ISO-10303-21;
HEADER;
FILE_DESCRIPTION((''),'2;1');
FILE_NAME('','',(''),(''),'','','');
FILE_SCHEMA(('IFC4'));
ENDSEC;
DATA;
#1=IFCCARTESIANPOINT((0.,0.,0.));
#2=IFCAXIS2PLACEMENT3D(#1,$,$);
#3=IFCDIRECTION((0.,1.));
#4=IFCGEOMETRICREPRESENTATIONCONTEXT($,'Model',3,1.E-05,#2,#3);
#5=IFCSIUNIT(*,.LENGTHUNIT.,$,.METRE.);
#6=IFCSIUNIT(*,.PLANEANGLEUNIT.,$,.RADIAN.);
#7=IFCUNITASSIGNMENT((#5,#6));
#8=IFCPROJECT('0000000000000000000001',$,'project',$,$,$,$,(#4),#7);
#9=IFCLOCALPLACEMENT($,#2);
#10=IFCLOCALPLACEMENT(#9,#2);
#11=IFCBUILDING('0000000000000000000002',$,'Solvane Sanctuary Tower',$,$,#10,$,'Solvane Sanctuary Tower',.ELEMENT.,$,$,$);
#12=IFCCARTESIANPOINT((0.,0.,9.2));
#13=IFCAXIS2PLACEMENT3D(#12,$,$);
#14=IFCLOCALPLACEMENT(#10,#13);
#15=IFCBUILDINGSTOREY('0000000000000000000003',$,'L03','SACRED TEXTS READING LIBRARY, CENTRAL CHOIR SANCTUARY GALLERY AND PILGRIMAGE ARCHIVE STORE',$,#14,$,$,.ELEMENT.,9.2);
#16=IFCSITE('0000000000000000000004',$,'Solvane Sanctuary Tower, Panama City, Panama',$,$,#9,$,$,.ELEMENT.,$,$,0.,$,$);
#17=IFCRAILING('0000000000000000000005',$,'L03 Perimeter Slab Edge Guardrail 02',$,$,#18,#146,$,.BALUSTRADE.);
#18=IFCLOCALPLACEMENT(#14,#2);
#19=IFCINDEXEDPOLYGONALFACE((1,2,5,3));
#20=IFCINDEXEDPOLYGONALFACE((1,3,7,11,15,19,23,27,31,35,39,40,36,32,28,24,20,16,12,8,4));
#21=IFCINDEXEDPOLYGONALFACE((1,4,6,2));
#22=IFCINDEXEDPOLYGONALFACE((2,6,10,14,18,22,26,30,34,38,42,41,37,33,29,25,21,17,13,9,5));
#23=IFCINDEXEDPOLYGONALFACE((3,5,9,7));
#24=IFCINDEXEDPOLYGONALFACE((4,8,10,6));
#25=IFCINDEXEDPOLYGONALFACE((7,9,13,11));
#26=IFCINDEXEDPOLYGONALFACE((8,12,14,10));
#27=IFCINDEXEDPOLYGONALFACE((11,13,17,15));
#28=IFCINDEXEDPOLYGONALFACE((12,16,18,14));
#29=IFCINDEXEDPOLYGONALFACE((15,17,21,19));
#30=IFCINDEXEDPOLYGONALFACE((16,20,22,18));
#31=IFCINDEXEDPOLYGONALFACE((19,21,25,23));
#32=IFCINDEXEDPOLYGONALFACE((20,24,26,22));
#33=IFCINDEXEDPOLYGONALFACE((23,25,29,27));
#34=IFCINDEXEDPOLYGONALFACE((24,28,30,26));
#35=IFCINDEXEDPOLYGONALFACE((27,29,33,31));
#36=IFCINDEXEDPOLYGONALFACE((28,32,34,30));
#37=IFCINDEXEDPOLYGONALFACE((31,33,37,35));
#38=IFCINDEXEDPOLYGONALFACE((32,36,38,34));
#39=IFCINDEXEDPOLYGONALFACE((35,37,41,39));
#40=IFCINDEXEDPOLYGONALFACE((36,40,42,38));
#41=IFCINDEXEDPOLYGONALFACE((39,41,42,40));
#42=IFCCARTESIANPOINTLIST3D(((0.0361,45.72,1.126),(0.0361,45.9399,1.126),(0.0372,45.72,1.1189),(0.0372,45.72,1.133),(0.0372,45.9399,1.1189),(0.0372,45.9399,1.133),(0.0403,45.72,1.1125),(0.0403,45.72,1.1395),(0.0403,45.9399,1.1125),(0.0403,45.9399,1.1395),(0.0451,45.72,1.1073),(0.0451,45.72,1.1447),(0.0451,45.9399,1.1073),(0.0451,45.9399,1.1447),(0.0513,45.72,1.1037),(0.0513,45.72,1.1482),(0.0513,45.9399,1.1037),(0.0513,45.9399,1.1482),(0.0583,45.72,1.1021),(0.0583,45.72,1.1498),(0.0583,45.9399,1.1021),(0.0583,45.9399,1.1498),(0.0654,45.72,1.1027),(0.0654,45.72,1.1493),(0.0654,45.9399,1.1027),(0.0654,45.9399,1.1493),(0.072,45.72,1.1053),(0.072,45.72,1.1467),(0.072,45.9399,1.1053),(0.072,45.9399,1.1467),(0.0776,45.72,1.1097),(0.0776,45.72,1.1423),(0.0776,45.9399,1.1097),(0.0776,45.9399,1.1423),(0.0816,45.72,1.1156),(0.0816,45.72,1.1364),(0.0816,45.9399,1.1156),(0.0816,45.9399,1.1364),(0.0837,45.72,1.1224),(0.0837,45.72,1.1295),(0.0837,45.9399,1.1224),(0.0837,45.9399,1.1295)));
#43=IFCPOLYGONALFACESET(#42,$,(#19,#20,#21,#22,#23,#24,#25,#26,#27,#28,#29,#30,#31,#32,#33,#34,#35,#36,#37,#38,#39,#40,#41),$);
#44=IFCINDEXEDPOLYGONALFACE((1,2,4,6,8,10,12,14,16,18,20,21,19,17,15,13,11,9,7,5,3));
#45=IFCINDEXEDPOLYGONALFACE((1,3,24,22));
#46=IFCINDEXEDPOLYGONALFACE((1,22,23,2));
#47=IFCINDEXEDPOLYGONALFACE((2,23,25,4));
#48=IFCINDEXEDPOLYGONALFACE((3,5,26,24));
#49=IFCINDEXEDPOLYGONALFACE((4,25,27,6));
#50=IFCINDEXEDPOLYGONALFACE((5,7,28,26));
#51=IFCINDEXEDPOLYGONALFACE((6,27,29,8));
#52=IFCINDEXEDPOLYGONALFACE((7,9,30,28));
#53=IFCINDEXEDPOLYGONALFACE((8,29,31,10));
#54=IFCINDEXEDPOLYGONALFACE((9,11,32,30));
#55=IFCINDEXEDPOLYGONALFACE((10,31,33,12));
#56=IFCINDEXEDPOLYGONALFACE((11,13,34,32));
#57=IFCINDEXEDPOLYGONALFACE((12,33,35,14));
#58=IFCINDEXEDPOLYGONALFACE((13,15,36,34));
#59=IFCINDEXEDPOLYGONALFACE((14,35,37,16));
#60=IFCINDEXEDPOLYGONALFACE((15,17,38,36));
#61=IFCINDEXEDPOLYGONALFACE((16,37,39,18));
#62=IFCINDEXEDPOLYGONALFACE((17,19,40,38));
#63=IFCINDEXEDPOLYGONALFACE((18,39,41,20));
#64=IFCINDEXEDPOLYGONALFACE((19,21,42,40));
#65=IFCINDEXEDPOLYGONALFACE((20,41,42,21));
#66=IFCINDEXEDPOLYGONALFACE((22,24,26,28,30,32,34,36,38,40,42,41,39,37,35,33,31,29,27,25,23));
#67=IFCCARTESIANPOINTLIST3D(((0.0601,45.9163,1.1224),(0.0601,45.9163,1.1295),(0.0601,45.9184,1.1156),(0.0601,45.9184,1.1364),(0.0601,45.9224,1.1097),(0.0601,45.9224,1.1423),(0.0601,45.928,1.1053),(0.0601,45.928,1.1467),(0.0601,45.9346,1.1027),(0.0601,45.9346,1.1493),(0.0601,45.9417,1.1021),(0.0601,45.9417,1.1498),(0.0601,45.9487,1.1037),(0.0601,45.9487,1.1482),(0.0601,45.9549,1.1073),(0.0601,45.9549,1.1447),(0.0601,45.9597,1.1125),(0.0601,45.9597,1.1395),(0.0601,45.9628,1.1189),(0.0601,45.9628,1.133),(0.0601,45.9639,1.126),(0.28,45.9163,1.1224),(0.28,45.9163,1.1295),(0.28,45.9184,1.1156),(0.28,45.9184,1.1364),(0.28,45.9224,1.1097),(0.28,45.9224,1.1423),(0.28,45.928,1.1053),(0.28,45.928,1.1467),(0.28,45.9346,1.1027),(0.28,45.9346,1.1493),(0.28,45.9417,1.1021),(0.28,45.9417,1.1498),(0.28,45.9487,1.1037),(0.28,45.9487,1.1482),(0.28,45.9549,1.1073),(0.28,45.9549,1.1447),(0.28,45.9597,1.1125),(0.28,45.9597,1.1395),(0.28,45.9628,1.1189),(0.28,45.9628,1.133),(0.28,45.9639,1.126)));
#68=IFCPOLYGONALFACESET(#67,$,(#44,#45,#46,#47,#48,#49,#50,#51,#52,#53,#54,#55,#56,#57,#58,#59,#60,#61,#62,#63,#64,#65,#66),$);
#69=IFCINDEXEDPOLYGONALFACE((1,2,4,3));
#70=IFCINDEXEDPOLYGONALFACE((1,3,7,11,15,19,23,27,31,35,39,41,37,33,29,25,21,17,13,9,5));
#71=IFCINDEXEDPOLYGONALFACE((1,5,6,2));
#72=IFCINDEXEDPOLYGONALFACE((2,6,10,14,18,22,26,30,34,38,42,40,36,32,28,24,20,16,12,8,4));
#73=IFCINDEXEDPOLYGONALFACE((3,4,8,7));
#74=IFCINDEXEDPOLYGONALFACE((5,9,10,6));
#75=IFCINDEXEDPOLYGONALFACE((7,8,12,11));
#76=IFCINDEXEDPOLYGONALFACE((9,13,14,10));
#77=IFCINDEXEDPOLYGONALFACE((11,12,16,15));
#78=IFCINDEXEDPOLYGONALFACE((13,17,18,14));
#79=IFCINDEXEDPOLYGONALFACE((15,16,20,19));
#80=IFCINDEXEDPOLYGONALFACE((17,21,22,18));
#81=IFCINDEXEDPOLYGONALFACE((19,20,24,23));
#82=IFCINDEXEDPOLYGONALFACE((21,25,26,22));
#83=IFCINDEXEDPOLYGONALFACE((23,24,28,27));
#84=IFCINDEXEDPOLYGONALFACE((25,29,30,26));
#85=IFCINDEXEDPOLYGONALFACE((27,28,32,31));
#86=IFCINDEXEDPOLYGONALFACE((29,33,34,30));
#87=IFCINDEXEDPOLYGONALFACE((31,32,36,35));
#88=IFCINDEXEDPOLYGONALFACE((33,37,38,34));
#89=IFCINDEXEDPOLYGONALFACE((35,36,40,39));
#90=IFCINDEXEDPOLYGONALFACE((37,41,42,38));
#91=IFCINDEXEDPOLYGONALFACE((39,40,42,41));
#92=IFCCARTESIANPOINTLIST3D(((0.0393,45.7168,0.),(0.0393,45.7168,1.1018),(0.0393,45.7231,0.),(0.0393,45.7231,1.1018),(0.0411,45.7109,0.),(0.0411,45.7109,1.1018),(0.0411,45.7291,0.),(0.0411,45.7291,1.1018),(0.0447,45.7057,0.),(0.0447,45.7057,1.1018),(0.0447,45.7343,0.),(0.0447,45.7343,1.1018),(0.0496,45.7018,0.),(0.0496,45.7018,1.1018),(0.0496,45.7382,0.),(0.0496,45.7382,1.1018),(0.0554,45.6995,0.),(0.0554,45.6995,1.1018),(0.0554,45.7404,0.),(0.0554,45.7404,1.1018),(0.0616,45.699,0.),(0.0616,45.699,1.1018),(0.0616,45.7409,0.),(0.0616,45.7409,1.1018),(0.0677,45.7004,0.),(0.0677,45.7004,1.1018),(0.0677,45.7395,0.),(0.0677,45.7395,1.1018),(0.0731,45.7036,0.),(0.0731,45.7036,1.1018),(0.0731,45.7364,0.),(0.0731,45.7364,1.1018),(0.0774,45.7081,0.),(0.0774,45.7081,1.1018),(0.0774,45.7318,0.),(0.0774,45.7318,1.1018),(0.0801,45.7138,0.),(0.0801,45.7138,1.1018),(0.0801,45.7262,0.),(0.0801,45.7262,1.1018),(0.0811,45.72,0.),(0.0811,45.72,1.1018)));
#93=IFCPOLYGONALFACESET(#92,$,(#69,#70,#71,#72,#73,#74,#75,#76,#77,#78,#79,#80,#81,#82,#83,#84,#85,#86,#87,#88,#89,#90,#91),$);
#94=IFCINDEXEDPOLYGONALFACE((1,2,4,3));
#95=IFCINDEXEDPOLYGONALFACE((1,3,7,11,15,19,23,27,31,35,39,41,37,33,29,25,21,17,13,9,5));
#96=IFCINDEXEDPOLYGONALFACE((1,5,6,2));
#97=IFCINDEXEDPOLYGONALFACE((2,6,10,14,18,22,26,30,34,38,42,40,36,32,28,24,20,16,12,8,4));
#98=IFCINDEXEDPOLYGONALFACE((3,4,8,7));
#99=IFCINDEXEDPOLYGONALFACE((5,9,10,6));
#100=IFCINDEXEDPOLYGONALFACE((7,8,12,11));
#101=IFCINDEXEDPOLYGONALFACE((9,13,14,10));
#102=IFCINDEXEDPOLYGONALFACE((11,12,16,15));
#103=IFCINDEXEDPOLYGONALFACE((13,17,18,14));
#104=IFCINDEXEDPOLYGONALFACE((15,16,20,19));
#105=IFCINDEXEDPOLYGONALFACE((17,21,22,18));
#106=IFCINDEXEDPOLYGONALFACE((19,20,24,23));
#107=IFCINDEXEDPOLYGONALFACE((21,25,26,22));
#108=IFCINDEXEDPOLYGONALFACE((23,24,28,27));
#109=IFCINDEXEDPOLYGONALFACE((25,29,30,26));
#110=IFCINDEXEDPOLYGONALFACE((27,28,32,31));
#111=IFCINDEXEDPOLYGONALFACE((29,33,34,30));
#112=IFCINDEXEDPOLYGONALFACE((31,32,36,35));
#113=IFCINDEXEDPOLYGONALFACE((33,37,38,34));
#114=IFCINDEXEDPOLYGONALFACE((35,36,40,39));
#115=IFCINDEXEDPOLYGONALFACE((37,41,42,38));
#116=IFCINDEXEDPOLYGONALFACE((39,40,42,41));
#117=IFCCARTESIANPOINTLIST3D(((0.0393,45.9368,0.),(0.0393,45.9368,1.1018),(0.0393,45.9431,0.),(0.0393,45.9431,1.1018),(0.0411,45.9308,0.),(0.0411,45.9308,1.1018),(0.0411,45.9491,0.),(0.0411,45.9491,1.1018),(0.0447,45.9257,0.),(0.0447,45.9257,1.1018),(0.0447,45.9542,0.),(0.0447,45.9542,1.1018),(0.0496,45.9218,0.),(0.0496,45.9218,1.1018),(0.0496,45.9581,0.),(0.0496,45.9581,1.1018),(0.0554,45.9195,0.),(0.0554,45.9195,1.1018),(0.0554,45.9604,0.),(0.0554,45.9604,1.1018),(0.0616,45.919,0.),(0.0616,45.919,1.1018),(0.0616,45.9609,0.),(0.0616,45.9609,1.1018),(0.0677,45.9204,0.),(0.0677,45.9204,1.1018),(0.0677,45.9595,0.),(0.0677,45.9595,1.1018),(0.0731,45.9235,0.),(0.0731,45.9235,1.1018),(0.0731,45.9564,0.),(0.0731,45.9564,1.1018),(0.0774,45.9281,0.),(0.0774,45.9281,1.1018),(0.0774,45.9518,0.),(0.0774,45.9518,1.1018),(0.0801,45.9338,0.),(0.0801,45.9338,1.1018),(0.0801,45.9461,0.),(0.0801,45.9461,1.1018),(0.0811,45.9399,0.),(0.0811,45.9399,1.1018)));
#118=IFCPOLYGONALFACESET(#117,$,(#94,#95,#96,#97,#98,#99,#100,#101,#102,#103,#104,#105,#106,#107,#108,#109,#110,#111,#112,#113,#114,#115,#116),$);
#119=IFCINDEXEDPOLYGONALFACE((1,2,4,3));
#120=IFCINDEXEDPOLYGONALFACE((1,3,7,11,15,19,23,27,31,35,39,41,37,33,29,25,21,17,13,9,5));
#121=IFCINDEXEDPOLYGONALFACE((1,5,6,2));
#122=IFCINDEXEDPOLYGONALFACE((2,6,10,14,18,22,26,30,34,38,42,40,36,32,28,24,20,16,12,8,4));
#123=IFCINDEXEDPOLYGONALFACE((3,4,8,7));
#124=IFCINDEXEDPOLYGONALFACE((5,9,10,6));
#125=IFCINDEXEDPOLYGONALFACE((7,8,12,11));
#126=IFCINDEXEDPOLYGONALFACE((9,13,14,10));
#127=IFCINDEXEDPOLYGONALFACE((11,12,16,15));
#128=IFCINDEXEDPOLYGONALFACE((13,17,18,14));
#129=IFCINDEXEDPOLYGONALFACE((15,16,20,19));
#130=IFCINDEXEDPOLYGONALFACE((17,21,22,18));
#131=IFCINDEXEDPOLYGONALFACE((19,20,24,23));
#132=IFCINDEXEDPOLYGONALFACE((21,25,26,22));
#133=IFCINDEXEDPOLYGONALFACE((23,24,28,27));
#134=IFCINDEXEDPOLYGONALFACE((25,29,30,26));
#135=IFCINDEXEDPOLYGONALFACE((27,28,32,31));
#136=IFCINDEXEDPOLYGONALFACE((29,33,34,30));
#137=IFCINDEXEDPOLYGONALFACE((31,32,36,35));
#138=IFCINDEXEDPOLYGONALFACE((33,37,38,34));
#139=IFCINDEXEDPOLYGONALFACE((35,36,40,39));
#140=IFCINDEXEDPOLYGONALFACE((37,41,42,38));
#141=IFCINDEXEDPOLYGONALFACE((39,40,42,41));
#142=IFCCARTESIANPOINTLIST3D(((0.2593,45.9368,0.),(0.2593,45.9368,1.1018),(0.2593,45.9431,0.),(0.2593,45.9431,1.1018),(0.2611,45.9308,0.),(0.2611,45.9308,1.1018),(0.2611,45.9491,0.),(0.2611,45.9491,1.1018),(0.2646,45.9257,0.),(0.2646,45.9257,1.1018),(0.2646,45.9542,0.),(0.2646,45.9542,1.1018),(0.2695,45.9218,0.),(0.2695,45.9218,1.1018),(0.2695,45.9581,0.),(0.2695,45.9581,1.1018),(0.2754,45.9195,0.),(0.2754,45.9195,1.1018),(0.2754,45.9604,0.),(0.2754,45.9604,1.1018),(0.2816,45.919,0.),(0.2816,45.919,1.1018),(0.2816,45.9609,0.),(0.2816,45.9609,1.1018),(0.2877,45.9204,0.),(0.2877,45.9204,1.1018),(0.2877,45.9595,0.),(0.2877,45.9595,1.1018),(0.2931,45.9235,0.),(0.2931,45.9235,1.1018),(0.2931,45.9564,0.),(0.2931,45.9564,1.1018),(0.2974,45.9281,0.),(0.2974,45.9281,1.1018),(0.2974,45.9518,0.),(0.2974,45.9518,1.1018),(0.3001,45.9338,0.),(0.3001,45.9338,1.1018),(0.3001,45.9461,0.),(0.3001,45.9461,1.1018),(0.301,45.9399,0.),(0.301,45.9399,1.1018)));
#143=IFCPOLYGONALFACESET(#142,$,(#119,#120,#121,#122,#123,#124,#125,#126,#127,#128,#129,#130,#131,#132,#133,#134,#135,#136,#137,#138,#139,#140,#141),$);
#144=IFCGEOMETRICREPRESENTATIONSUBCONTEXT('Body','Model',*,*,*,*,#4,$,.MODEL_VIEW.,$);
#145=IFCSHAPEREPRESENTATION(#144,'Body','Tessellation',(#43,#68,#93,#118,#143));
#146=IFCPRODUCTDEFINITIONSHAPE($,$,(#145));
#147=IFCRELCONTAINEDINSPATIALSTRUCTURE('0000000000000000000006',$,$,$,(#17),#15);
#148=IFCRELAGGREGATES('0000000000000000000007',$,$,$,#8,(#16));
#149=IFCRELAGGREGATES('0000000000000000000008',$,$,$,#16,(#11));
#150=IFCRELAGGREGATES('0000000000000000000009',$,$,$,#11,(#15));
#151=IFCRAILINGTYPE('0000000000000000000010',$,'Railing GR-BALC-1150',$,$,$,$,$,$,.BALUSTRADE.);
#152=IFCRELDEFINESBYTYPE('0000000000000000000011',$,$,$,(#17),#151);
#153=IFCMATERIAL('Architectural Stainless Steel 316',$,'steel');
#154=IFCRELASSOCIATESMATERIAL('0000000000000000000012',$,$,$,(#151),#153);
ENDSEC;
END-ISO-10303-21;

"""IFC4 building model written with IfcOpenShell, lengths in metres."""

from ifc_helpers import new_model, si_unit, direction, frame, origin, origin_2d, place, context, subcontext, project, spatial, circle, extrude, material, type_object, element, save


model = new_model("IFC4")

# Units and contexts
model_context = context("Model", 3, precision=1e-05, world=origin(), true_north=direction((0.0, 1.0)))
body_context = subcontext(model_context, "Body", "Model", "MODEL_VIEW")
ifc_project = project(units=[si_unit("LENGTHUNIT", "METRE"), si_unit("PLANEANGLEUNIT", "RADIAN")], contexts=[model_context])

# Site, building, storey
site_placement = place(None, origin())
site = spatial("IfcSite", under=ifc_project, at=site_placement, Name="Solvane Sanctuary Tower, Panama City, Panama", CompositionType="ELEMENT", RefElevation=0.0)
building_placement = place(site_placement, origin())
building = spatial("IfcBuilding", under=site, at=building_placement, Name="Solvane Sanctuary Tower", LongName="Solvane Sanctuary Tower", CompositionType="ELEMENT")
storey_placement = place(building_placement, frame((0.0, 0.0, 9.2)))
storey = spatial("IfcBuildingStorey", under=building, at=storey_placement, Name="L03", Description="SACRED TEXTS READING LIBRARY, CENTRAL CHOIR SANCTUARY GALLERY AND PILGRIMAGE ARCHIVE STORE", CompositionType="ELEMENT", Elevation=9.2)

# Shared definitions
ifc_material_1 = material(Name="Architectural Stainless Steel 316", Category="steel")

# Railing
railing_type = type_object("IfcRailingType", Name="Railing GR-BALC-1150", PredefinedType="BALUSTRADE", material=ifc_material_1)
railing_1_placement = place(storey_placement, frame((0.0601, 45.72, 0.0)))
element("IfcRailing", 1, at=railing_1_placement, inside=storey, type_object=railing_type, Name="L03 Perimeter Slab Edge Guardrail 02", PredefinedType="BALUSTRADE", context=body_context, shape_type="SweptSolid", body=[
    extrude(circle(Radius=0.0239, at=origin_2d()), frame((0.0, 0.0, 1.126), z_axis=(0.0, 1.0, 0.0), x_axis=(-1.0, 0.0, 0.0)), (0.0, 0.0, 1.0), 0.22),
    extrude(circle(Radius=0.0239, at=origin_2d()), frame((0.0, 0.22, 1.126), z_axis=(1.0, 0.0, 0.0), x_axis=(0.0, 1.0, 0.0)), (0.0, 0.0, 1.0), 0.22),
    extrude(circle(Radius=0.021, at=origin_2d()), origin(), (0.0, 0.0, 1.0), 1.1018),
    extrude(circle(Radius=0.021, at=origin_2d()), frame((0.0, 0.22, 0.0)), (0.0, 0.0, 1.0), 1.1018),
    extrude(circle(Radius=0.021, at=origin_2d()), frame((0.22, 0.22, 0.0)), (0.0, 0.0, 1.0), 1.1018),
])

save(model, "model.ifc")
